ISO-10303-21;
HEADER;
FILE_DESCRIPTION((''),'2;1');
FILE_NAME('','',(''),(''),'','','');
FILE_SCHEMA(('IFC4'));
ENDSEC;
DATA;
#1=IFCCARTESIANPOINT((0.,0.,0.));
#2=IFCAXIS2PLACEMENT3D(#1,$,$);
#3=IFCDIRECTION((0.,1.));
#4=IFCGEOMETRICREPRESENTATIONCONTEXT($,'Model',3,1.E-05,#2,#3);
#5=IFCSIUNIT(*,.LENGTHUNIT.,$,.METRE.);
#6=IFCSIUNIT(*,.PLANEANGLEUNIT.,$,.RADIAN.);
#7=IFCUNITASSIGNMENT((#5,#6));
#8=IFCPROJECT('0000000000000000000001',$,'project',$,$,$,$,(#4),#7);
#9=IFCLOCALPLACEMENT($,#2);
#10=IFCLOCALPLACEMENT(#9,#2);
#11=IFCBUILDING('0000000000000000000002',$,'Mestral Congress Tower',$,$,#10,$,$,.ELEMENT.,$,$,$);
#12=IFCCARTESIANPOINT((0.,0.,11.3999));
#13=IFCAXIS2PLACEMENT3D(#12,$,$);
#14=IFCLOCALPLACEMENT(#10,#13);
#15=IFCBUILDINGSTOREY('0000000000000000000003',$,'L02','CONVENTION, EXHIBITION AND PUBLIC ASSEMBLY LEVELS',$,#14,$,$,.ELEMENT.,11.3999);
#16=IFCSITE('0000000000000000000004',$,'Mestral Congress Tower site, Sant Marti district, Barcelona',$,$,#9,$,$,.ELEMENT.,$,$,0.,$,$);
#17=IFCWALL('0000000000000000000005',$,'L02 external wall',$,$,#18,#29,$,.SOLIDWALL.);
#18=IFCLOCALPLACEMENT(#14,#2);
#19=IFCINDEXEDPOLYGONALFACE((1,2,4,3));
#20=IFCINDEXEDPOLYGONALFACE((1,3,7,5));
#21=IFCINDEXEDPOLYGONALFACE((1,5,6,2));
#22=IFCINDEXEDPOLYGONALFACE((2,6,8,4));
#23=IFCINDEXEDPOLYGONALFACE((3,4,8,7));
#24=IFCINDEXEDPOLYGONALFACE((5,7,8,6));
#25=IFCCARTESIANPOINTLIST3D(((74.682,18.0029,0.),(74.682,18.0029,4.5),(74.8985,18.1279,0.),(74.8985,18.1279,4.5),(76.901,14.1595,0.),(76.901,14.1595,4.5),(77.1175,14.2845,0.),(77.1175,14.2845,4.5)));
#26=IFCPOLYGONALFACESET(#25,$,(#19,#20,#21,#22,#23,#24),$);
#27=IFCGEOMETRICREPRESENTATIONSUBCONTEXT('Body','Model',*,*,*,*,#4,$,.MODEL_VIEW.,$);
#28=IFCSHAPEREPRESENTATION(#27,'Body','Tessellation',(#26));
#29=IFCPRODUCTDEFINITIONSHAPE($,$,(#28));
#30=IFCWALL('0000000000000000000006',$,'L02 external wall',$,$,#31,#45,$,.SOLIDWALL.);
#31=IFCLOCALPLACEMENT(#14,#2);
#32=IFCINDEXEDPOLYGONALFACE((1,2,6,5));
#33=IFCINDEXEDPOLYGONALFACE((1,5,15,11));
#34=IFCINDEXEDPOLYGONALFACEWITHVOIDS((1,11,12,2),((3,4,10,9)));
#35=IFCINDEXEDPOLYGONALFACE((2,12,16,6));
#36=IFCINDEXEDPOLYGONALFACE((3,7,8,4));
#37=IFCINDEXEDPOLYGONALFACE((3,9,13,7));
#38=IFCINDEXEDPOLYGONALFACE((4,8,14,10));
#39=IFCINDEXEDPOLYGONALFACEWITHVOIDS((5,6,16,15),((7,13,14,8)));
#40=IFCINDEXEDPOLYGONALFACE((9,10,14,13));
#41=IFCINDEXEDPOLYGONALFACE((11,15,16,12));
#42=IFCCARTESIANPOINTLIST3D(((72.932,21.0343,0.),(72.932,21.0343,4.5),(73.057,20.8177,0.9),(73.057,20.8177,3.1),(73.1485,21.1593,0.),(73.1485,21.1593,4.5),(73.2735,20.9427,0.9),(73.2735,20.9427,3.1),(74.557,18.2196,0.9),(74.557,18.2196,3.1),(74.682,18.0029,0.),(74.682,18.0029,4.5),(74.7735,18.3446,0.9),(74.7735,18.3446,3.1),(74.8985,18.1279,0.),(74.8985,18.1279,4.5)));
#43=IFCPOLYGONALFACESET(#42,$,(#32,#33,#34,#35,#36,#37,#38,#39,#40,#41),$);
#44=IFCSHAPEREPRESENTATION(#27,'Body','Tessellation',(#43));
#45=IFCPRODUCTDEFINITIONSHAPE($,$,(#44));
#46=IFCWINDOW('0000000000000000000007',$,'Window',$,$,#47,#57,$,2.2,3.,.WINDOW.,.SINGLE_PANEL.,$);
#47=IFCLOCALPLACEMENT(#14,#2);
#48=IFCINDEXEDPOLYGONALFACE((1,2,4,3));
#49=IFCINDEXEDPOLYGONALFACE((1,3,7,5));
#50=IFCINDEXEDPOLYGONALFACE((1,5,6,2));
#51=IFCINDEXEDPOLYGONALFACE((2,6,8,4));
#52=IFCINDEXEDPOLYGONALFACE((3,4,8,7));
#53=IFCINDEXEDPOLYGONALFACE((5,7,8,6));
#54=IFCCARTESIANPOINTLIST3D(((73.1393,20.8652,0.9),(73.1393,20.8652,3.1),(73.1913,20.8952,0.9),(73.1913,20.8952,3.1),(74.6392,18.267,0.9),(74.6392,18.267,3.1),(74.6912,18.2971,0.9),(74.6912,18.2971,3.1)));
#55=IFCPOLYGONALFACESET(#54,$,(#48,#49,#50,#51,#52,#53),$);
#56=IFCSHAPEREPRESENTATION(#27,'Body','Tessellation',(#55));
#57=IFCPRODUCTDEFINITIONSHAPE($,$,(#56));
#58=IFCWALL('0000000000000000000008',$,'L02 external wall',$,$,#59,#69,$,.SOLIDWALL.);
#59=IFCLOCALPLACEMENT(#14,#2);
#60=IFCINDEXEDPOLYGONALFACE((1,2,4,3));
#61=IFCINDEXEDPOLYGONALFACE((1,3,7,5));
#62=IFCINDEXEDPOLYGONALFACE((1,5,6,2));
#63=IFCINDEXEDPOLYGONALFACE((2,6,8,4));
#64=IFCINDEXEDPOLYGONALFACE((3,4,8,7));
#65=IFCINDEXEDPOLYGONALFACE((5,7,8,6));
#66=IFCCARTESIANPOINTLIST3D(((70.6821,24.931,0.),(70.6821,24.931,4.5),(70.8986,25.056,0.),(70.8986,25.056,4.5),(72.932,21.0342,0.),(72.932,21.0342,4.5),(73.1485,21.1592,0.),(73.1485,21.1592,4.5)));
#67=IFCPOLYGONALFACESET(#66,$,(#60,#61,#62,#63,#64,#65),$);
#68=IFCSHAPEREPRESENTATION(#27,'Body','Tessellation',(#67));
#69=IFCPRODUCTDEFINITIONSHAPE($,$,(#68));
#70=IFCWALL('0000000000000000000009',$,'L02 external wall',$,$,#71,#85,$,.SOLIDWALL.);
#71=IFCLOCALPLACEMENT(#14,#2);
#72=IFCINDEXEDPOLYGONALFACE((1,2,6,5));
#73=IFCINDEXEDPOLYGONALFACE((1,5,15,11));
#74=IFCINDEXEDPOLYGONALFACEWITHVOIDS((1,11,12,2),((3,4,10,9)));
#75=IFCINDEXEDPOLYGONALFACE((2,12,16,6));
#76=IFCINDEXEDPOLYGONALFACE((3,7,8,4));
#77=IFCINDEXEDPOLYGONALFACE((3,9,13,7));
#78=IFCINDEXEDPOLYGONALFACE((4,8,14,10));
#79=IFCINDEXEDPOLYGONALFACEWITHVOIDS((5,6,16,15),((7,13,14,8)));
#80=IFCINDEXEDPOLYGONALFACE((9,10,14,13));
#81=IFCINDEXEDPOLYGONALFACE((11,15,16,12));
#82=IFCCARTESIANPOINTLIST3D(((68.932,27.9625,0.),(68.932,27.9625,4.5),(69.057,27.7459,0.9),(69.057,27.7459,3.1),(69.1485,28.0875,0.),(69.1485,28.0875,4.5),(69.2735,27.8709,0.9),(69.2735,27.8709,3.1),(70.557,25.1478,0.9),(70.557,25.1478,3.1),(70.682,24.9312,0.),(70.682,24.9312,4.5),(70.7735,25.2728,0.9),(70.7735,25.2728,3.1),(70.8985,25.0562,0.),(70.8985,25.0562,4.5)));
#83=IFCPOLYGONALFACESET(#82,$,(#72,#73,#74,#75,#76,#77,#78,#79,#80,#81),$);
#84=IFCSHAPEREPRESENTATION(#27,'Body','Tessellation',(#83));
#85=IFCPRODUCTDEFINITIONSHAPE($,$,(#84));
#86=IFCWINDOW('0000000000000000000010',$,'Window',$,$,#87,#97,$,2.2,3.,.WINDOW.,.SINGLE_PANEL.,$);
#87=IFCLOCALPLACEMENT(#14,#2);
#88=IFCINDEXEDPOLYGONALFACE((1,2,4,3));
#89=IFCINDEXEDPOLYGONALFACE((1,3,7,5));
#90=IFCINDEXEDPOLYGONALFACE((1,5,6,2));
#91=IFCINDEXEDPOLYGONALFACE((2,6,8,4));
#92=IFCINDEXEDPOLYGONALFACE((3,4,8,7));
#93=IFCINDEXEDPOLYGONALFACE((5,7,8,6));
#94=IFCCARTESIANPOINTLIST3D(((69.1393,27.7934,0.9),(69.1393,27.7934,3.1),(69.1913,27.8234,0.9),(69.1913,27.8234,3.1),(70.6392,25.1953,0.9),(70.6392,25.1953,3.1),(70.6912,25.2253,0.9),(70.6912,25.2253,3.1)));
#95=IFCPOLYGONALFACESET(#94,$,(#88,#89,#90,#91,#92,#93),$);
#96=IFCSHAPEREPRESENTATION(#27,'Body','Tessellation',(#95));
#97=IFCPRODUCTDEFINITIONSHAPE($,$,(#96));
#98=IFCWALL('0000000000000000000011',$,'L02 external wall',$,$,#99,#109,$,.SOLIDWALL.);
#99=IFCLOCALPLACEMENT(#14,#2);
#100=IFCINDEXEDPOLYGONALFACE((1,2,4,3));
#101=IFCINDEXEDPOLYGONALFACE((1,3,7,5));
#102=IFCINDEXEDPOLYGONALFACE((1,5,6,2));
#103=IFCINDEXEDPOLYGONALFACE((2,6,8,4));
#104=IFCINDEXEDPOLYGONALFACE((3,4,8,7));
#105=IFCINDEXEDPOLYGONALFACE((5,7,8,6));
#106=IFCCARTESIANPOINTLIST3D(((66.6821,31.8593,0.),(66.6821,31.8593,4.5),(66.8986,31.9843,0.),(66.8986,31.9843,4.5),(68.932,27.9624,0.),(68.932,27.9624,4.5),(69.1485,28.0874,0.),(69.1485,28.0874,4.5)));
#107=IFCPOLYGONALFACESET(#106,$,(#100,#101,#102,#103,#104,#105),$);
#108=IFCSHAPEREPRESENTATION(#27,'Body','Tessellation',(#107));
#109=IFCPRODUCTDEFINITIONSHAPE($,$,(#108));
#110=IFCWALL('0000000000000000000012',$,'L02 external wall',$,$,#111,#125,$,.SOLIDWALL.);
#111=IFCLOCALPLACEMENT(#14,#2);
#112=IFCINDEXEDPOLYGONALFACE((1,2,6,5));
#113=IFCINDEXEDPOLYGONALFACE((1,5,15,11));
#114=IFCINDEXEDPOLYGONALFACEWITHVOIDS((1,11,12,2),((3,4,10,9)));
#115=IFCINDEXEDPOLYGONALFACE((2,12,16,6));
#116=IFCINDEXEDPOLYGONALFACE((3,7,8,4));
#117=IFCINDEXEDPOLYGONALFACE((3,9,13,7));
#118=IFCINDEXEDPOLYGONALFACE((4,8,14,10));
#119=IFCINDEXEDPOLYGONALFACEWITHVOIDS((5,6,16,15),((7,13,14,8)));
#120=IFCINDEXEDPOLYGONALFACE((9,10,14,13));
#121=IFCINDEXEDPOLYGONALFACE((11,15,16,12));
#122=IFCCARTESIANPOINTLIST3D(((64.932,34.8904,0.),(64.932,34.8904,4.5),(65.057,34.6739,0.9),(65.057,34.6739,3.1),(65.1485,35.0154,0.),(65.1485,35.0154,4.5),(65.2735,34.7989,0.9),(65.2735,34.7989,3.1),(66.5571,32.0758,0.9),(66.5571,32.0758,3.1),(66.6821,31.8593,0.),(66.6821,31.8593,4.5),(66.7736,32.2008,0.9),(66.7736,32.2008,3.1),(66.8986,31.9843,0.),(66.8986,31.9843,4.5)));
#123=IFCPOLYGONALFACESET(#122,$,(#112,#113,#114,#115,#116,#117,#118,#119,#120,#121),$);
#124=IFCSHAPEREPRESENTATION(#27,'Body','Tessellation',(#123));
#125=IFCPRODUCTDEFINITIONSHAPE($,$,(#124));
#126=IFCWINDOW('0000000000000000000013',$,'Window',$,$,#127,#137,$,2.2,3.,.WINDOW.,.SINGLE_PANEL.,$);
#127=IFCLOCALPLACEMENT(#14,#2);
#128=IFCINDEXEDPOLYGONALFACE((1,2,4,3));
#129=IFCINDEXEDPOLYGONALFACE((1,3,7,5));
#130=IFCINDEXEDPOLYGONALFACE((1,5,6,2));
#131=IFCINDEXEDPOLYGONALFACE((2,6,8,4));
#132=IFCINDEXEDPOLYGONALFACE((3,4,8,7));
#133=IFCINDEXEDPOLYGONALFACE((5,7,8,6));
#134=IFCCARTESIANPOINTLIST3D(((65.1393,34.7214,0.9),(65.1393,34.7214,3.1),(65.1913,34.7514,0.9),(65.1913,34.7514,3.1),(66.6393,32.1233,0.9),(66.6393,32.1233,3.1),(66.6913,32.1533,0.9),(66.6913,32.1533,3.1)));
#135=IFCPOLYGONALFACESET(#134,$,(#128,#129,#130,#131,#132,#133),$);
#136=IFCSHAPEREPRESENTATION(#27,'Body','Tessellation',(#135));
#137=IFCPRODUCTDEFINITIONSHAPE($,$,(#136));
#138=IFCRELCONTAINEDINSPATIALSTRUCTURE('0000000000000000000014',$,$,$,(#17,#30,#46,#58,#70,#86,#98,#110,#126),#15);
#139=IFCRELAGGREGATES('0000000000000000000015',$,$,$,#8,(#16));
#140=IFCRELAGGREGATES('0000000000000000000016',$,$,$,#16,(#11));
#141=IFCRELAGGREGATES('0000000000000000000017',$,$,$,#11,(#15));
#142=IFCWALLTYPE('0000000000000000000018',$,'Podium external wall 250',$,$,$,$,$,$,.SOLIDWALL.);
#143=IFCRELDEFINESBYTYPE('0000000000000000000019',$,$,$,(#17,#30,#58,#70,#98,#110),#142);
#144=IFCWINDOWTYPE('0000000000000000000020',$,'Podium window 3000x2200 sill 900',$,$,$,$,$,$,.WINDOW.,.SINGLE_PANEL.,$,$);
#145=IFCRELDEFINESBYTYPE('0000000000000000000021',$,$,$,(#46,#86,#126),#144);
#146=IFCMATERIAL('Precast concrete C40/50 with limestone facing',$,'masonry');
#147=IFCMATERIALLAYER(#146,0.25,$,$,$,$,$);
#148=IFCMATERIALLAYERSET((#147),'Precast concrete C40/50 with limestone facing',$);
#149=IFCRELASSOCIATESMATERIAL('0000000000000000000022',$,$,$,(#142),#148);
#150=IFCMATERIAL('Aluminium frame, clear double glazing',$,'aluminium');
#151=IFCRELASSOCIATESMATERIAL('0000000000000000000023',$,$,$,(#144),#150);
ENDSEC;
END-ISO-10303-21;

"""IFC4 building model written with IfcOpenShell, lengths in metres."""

from ifc_helpers import new_model, si_unit, direction, frame, frame_2d, origin, place, context, subcontext, project, spatial, rectangle, extrude, material, layer, layer_set, type_object, element, fill, save


model = new_model("IFC4")

# Units and contexts
model_context = context("Model", 3, precision=1e-05, world=origin(), true_north=direction((0.0, 1.0)))
body_context = subcontext(model_context, "Body", "Model", "MODEL_VIEW")
ifc_project = project(units=[si_unit("LENGTHUNIT", "METRE"), si_unit("PLANEANGLEUNIT", "RADIAN")], contexts=[model_context])

# Site, building, storey
site_placement = place(None, origin())
site = spatial("IfcSite", under=ifc_project, at=site_placement, Name="Mestral Congress Tower site, Sant Marti district, Barcelona", CompositionType="ELEMENT", RefElevation=0.0)
building_placement = place(site_placement, origin())
building = spatial("IfcBuilding", under=site, at=building_placement, Name="Mestral Congress Tower", CompositionType="ELEMENT")
storey_placement = place(building_placement, frame((0.0, 0.0, 11.3999)))
storey = spatial("IfcBuildingStorey", under=building, at=storey_placement, Name="L02", Description="CONVENTION, EXHIBITION AND PUBLIC ASSEMBLY LEVELS", CompositionType="ELEMENT", Elevation=11.3999)

# Shared definitions
ifc_material_1 = material(Name="Precast concrete C40/50 with limestone facing", Category="masonry")
ifc_layer = layer(ifc_material_1, 0.25)
ifc_layer_set = layer_set([ifc_layer], Name="Precast concrete C40/50 with limestone facing")
wall_type = type_object("IfcWallType", Name="Podium external wall 250", PredefinedType="SOLIDWALL", material=ifc_layer_set)

# Shared definitions
ifc_material_2 = material(Name="Aluminium frame, clear double glazing", Category="aluminium")
window_type = type_object("IfcWindowType", Name="Podium window 3000x2200 sill 900", PartitioningType="SINGLE_PANEL", PredefinedType="WINDOW", material=ifc_material_2)

# Wall
wall_1_placement = place(storey_placement, frame((74.7903, 18.0654, 0.0), z_axis=(0.0, 0.0, 1.0), x_axis=(0.499991, -0.866031, 0.0)))
element("IfcWall", 1, at=wall_1_placement, inside=storey, type_object=wall_type, Name="L02 external wall", PredefinedType="SOLIDWALL", context=body_context, shape_type="SweptSolid", body=[
    extrude(rectangle(XDim=4.438, YDim=0.25, at=frame_2d((2.219, 0.0))), origin(), (0.0, 0.0, 1.0), 4.5),
])

# Wall, opening, window
wall_2_placement = place(storey_placement, frame((73.0403, 21.0967, 0.0), z_axis=(0.0, 0.0, 1.0), x_axis=(0.49998, -0.866037, 0.0)))
wall_2 = element("IfcWall", 2, at=wall_2_placement, inside=storey, type_object=wall_type, Name="L02 external wall", PredefinedType="SOLIDWALL", context=body_context, shape_type="SweptSolid", body=[
    extrude(rectangle(XDim=3.5002, YDim=0.25, at=frame_2d((1.75, 0.0))), origin(), (0.0, 0.0, 1.0), 4.5),
])
opening_1_placement = place(wall_2_placement, frame((0.25, 0.0, 0.8999)))
opening_1 = element("IfcOpeningElement", 3, at=opening_1_placement, cuts=wall_2, PredefinedType="OPENING", context=body_context, shape_type="SweptSolid", body=[
    extrude(rectangle(XDim=3.0, YDim=2.2, at=frame_2d((1.5, 1.1001))), frame((0.0, 0.135, 0.0), z_axis=(0.0, -1.0, 0.0), x_axis=(1.0, 0.0, 0.0)), (0.0, 0.0, 1.0), 0.27),
])
window_1_placement = place(opening_1_placement, origin())
window_1 = element("IfcWindow", 4, at=window_1_placement, inside=storey, type_object=window_type, Name="Window", OverallHeight=2.2, OverallWidth=3.0, PartitioningType="SINGLE_PANEL", PredefinedType="WINDOW", context=body_context, shape_type="SweptSolid", body=[
    extrude(rectangle(XDim=3.0, YDim=2.2, at=frame_2d((1.5, 1.1001))), frame((0.0, 0.03, 0.0), z_axis=(0.0, -1.0, 0.0), x_axis=(1.0, 0.0, 0.0)), (0.0, 0.0, 1.0), 0.0601),
])
fill(opening_1, window_1)

# Wall
wall_3_placement = place(storey_placement, frame((70.7903, 24.9937, 0.0), z_axis=(0.0, 0.0, 1.0), x_axis=(0.500014, -0.866018, 0.0)))
element("IfcWall", 5, at=wall_3_placement, inside=storey, type_object=wall_type, Name="L02 external wall", PredefinedType="SOLIDWALL", context=body_context, shape_type="SweptSolid", body=[
    extrude(rectangle(XDim=4.4998, YDim=0.25, at=frame_2d((2.25, 0.0))), origin(), (0.0, 0.0, 1.0), 4.5),
])

# Wall, opening, window
wall_4_placement = place(storey_placement, frame((69.0403, 28.0249, 0.0), z_axis=(0.0, 0.0, 1.0), x_axis=(0.49998, -0.866037, 0.0)))
wall_4 = element("IfcWall", 6, at=wall_4_placement, inside=storey, type_object=wall_type, Name="L02 external wall", PredefinedType="SOLIDWALL", context=body_context, shape_type="SweptSolid", body=[
    extrude(rectangle(XDim=3.5002, YDim=0.25, at=frame_2d((1.75, 0.0))), origin(), (0.0, 0.0, 1.0), 4.5),
])
opening_2_placement = place(wall_4_placement, frame((0.25, 0.0, 0.8999)))
opening_2 = element("IfcOpeningElement", 7, at=opening_2_placement, cuts=wall_4, PredefinedType="OPENING", context=body_context, shape_type="SweptSolid", body=[
    extrude(rectangle(XDim=3.0, YDim=2.2, at=frame_2d((1.5, 1.1001))), frame((0.0, 0.135, 0.0), z_axis=(0.0, -1.0, 0.0), x_axis=(1.0, 0.0, 0.0)), (0.0, 0.0, 1.0), 0.27),
])
window_2_placement = place(opening_2_placement, origin())
window_2 = element("IfcWindow", 8, at=window_2_placement, inside=storey, type_object=window_type, Name="Window", OverallHeight=2.2, OverallWidth=3.0, PartitioningType="SINGLE_PANEL", PredefinedType="WINDOW", context=body_context, shape_type="SweptSolid", body=[
    extrude(rectangle(XDim=3.0, YDim=2.2, at=frame_2d((1.5, 1.1001))), frame((0.0, 0.03, 0.0), z_axis=(0.0, -1.0, 0.0), x_axis=(1.0, 0.0, 0.0)), (0.0, 0.0, 1.0), 0.0601),
])
fill(opening_2, window_2)

# Wall
wall_5_placement = place(storey_placement, frame((66.7903, 31.9219, 0.0), z_axis=(0.0, 0.0, 1.0), x_axis=(0.500014, -0.866018, 0.0)))
element("IfcWall", 9, at=wall_5_placement, inside=storey, type_object=wall_type, Name="L02 external wall", PredefinedType="SOLIDWALL", context=body_context, shape_type="SweptSolid", body=[
    extrude(rectangle(XDim=4.4998, YDim=0.25, at=frame_2d((2.25, 0.0))), origin(), (0.0, 0.0, 1.0), 4.5),
])

# Wall, opening, window
wall_6_placement = place(storey_placement, frame((65.0403, 34.9529, 0.0), z_axis=(0.0, 0.0, 1.0), x_axis=(0.50001, -0.866019, 0.0)))
wall_6 = element("IfcWall", 10, at=wall_6_placement, inside=storey, type_object=wall_type, Name="L02 external wall", PredefinedType="SOLIDWALL", context=body_context, shape_type="SweptSolid", body=[
    extrude(rectangle(XDim=3.5, YDim=0.25, at=frame_2d((1.75, 0.0))), origin(), (0.0, 0.0, 1.0), 4.5),
])
opening_3_placement = place(wall_6_placement, frame((0.25, 0.0, 0.8999)))
opening_3 = element("IfcOpeningElement", 11, at=opening_3_placement, cuts=wall_6, PredefinedType="OPENING", context=body_context, shape_type="SweptSolid", body=[
    extrude(rectangle(XDim=3.0, YDim=2.2, at=frame_2d((1.5, 1.1001))), frame((0.0, 0.135, 0.0), z_axis=(0.0, -1.0, 0.0), x_axis=(1.0, 0.0, 0.0)), (0.0, 0.0, 1.0), 0.27),
])
window_3_placement = place(opening_3_placement, origin())
window_3 = element("IfcWindow", 12, at=window_3_placement, inside=storey, type_object=window_type, Name="Window", OverallHeight=2.2, OverallWidth=3.0, PartitioningType="SINGLE_PANEL", PredefinedType="WINDOW", context=body_context, shape_type="SweptSolid", body=[
    extrude(rectangle(XDim=3.0, YDim=2.2, at=frame_2d((1.5, 1.1001))), frame((0.0, 0.03, 0.0), z_axis=(0.0, -1.0, 0.0), x_axis=(1.0, 0.0, 0.0)), (0.0, 0.0, 1.0), 0.0601),
])
fill(opening_3, window_3)

save(model, "model.ifc")
